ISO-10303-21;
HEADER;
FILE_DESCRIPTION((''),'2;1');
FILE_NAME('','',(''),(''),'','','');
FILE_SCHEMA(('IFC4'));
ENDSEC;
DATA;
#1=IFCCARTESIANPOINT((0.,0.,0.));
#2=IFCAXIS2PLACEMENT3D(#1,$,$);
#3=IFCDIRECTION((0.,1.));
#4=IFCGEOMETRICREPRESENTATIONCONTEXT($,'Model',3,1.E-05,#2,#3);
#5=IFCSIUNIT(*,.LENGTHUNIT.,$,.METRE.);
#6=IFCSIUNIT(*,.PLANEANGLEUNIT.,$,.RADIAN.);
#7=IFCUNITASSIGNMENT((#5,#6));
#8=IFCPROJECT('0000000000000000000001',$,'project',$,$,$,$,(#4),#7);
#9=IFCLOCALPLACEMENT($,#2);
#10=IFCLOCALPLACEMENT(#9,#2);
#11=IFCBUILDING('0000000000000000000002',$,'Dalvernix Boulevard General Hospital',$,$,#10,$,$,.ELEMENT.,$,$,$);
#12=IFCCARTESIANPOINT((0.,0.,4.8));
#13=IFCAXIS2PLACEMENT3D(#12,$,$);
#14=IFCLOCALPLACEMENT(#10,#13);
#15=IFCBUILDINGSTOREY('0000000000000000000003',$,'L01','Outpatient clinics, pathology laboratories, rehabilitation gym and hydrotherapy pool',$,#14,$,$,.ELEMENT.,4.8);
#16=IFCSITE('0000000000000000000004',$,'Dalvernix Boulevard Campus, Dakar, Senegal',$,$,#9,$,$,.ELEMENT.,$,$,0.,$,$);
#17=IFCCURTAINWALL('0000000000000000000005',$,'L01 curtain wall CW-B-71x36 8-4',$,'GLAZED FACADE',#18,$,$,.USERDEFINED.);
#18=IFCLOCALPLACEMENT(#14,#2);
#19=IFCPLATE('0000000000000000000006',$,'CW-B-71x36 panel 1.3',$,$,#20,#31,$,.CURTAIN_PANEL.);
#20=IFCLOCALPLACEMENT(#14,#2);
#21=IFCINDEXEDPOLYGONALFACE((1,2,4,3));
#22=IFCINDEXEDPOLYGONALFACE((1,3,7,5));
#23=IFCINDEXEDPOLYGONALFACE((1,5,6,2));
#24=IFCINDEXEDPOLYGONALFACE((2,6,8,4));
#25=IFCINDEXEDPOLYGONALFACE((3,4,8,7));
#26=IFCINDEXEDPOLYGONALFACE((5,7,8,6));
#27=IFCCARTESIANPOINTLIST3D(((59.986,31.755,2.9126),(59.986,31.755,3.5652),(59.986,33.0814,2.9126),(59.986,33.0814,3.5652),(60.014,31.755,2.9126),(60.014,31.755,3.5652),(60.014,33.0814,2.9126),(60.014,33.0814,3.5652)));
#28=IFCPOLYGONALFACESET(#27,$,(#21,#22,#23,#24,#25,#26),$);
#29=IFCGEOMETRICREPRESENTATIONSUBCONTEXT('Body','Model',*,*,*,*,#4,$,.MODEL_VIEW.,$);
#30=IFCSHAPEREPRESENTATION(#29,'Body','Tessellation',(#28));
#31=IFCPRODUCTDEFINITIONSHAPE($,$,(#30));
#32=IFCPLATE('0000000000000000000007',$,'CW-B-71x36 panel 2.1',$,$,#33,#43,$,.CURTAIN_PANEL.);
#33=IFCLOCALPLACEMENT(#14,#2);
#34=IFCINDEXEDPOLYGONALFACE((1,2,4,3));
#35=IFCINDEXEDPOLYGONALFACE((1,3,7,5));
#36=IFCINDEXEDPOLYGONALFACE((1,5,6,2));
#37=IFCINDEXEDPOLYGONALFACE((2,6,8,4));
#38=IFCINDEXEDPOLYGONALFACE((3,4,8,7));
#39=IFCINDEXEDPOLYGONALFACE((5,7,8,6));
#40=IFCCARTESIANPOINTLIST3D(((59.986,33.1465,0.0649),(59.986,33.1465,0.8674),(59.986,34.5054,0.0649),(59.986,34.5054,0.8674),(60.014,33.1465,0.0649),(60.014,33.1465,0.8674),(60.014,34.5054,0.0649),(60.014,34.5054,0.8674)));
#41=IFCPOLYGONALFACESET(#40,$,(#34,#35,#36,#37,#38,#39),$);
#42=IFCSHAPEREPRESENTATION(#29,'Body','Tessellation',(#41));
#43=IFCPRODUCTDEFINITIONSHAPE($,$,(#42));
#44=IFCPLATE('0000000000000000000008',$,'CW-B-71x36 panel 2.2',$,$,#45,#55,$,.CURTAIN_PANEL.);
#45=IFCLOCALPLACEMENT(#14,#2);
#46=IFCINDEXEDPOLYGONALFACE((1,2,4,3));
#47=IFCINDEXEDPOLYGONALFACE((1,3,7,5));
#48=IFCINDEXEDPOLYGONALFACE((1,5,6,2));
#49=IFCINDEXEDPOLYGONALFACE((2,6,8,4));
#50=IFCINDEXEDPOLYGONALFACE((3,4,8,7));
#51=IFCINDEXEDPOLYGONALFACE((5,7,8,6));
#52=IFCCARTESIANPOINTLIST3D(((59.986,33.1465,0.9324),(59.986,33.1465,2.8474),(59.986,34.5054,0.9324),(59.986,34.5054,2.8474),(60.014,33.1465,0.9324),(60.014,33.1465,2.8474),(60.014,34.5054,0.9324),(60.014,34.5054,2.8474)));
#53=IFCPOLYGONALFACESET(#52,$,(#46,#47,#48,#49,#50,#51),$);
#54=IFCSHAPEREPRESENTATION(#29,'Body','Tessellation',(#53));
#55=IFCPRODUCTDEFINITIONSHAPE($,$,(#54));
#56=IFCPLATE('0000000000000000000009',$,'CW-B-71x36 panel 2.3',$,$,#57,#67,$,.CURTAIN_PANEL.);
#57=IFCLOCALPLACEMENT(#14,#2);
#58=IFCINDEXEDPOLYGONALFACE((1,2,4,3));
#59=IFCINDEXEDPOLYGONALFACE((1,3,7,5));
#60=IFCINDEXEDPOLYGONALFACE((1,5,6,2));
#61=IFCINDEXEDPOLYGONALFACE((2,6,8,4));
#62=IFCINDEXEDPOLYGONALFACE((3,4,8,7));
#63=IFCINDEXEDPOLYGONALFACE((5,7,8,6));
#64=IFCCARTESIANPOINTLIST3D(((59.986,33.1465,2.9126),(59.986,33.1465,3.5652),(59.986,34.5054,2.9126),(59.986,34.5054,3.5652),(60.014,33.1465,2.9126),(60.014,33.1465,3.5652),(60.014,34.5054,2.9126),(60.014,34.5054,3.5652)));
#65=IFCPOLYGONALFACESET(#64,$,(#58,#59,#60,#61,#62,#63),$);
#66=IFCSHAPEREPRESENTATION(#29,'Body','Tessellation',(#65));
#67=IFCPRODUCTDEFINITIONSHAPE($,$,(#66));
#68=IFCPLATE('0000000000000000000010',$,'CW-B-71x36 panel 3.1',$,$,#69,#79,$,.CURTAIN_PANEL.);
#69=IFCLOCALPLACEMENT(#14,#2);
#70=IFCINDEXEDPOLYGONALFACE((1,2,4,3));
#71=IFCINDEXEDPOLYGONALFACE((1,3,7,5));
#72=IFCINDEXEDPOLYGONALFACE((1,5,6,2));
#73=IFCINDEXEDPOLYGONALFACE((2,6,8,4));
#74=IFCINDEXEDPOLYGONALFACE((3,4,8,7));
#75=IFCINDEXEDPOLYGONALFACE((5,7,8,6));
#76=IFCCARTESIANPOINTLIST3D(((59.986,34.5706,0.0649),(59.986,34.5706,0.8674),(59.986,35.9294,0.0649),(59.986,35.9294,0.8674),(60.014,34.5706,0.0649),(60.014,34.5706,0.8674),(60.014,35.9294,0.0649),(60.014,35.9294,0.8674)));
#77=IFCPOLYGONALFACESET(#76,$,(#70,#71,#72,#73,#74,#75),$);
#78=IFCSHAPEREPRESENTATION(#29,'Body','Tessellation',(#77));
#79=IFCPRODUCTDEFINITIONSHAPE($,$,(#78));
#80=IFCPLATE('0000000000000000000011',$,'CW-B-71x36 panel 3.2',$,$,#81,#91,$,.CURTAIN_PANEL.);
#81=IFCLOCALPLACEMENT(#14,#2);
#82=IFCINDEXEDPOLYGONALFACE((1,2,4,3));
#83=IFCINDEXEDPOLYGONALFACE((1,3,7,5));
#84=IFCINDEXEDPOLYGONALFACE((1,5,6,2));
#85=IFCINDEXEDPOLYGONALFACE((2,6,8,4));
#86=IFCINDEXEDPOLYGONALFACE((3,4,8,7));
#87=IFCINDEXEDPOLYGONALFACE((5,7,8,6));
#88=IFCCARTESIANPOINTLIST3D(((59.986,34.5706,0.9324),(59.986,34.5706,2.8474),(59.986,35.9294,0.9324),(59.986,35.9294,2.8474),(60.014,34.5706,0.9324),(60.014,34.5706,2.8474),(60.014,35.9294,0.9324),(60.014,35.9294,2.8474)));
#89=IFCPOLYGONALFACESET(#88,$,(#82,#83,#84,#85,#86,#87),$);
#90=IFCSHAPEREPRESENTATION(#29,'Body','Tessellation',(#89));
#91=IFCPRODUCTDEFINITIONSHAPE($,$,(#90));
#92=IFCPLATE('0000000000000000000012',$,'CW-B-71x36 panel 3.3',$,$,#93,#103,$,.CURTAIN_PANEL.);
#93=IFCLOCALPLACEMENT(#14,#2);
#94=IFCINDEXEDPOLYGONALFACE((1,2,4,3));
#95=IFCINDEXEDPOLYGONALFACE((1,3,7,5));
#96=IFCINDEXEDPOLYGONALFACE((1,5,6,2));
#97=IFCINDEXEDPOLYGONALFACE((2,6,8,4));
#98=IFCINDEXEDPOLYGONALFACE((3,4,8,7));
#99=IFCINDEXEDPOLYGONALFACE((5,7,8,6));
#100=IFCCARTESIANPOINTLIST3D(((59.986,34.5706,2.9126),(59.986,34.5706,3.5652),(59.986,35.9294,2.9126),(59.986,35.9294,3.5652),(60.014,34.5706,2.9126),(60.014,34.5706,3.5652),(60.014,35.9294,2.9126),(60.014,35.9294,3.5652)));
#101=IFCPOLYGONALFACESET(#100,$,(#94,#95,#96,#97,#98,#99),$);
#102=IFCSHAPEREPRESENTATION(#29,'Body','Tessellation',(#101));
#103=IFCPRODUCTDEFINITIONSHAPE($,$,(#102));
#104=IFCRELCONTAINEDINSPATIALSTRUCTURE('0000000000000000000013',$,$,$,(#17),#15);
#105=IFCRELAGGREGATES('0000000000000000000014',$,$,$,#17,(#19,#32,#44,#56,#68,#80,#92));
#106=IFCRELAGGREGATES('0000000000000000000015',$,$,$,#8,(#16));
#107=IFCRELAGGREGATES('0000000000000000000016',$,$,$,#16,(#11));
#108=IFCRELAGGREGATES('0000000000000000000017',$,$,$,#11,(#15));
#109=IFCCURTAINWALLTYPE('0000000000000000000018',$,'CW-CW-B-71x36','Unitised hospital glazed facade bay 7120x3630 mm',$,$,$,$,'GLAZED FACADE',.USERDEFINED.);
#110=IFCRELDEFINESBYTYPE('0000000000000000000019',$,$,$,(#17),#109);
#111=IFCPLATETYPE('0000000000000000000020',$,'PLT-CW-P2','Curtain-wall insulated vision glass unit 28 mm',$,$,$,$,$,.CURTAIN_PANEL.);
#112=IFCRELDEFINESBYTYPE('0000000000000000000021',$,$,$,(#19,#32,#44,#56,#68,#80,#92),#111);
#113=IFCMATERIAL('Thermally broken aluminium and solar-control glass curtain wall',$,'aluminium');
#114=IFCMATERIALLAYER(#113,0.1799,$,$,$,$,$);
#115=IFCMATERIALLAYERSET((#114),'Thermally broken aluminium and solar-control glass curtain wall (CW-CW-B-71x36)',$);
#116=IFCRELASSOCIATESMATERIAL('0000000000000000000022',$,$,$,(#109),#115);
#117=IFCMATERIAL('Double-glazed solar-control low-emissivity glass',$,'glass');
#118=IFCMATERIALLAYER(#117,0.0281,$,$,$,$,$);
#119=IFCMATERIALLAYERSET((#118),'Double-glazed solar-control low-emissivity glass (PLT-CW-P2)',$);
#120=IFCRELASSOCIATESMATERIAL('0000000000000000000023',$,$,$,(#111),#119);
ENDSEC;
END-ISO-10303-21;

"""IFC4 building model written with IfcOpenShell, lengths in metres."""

from ifc_helpers import new_model, si_unit, direction, frame, origin, origin_2d, place, context, subcontext, project, spatial, rectangle, extrude, material, layer, layer_set, type_object, element, aggregate, save


model = new_model("IFC4")

# Units and contexts
model_context = context("Model", 3, precision=1e-05, world=origin(), true_north=direction((0.0, 1.0)))
body_context = subcontext(model_context, "Body", "Model", "MODEL_VIEW")
ifc_project = project(units=[si_unit("LENGTHUNIT", "METRE"), si_unit("PLANEANGLEUNIT", "RADIAN")], contexts=[model_context])

# Site, building, storey
site_placement = place(None, origin())
site = spatial("IfcSite", under=ifc_project, at=site_placement, Name="Dalvernix Boulevard Campus, Dakar, Senegal", CompositionType="ELEMENT", RefElevation=0.0)
building_placement = place(site_placement, origin())
building = spatial("IfcBuilding", under=site, at=building_placement, Name="Dalvernix Boulevard General Hospital", CompositionType="ELEMENT")
storey_placement = place(building_placement, frame((0.0, 0.0, 4.8)))
storey = spatial("IfcBuildingStorey", under=building, at=storey_placement, Name="L01", Description="Outpatient clinics, pathology laboratories, rehabilitation gym and hydrotherapy pool", CompositionType="ELEMENT", Elevation=4.8)

# Curtain wall, plates
ifc_material_1 = material(Name="Thermally broken aluminium and solar-control glass curtain wall", Category="aluminium")
ifc_layer_1 = layer(ifc_material_1, 0.1799)
ifc_layer_set_1 = layer_set([ifc_layer_1], Name="Thermally broken aluminium and solar-control glass curtain wall (CW-CW-B-71x36)")
curtain_wall_type = type_object("IfcCurtainWallType", Name="CW-CW-B-71x36", Description="Unitised hospital glazed facade bay 7120x3630 mm", ElementType="GLAZED FACADE", PredefinedType="USERDEFINED", material=ifc_layer_set_1)
curtain_wall_placement = place(storey_placement, origin())
curtain_wall = element("IfcCurtainWall", 1, at=curtain_wall_placement, inside=storey, type_object=curtain_wall_type, Name="L01 curtain wall CW-B-71x36 8-4", ObjectType="GLAZED FACADE", PredefinedType="USERDEFINED")
ifc_material_2 = material(Name="Double-glazed solar-control low-emissivity glass", Category="glass")
ifc_layer_2 = layer(ifc_material_2, 0.0281)
ifc_layer_set_2 = layer_set([ifc_layer_2], Name="Double-glazed solar-control low-emissivity glass (PLT-CW-P2)")
plate_type = type_object("IfcPlateType", Name="PLT-CW-P2", Description="Curtain-wall insulated vision glass unit 28 mm", PredefinedType="CURTAIN_PANEL", material=ifc_layer_set_2)
plate_1_placement = place(storey_placement, frame((60.0, 32.4182, 2.9126), z_axis=(0.0, 0.0, 1.0), x_axis=(0.0, 1.0, 0.0)))
plate_1 = element("IfcPlate", 2, at=plate_1_placement, type_object=plate_type, Name="CW-B-71x36 panel 1.3", PredefinedType="CURTAIN_PANEL", context=body_context, shape_type="SweptSolid", body=[
    extrude(rectangle(XDim=1.3264, YDim=0.0281, at=origin_2d()), origin(), (0.0, 0.0, 1.0), 0.6526),
])
plate_2_placement = place(storey_placement, frame((60.0, 33.8259, 0.0649), z_axis=(0.0, 0.0, 1.0), x_axis=(0.0, 1.0, 0.0)))
plate_2 = element("IfcPlate", 3, at=plate_2_placement, type_object=plate_type, Name="CW-B-71x36 panel 2.1", PredefinedType="CURTAIN_PANEL", context=body_context, shape_type="SweptSolid", body=[
    extrude(rectangle(XDim=1.3589, YDim=0.0281, at=origin_2d()), origin(), (0.0, 0.0, 1.0), 0.8025),
])
plate_3_placement = place(storey_placement, frame((60.0, 33.8259, 0.9324), z_axis=(0.0, 0.0, 1.0), x_axis=(0.0, 1.0, 0.0)))
plate_3 = element("IfcPlate", 4, at=plate_3_placement, type_object=plate_type, Name="CW-B-71x36 panel 2.2", PredefinedType="CURTAIN_PANEL", context=body_context, shape_type="SweptSolid", body=[
    extrude(rectangle(XDim=1.3589, YDim=0.0281, at=origin_2d()), origin(), (0.0, 0.0, 1.0), 1.915),
])
plate_4_placement = place(storey_placement, frame((60.0, 33.8259, 2.9126), z_axis=(0.0, 0.0, 1.0), x_axis=(0.0, 1.0, 0.0)))
plate_4 = element("IfcPlate", 5, at=plate_4_placement, type_object=plate_type, Name="CW-B-71x36 panel 2.3", PredefinedType="CURTAIN_PANEL", context=body_context, shape_type="SweptSolid", body=[
    extrude(rectangle(XDim=1.3589, YDim=0.0281, at=origin_2d()), origin(), (0.0, 0.0, 1.0), 0.6526),
])
plate_5_placement = place(storey_placement, frame((60.0, 35.25, 0.0649), z_axis=(0.0, 0.0, 1.0), x_axis=(0.0, 1.0, 0.0)))
plate_5 = element("IfcPlate", 6, at=plate_5_placement, type_object=plate_type, Name="CW-B-71x36 panel 3.1", PredefinedType="CURTAIN_PANEL", context=body_context, shape_type="SweptSolid", body=[
    extrude(rectangle(XDim=1.3589, YDim=0.0281, at=origin_2d()), origin(), (0.0, 0.0, 1.0), 0.8025),
])
plate_6_placement = place(storey_placement, frame((60.0, 35.25, 0.9324), z_axis=(0.0, 0.0, 1.0), x_axis=(0.0, 1.0, 0.0)))
plate_6 = element("IfcPlate", 7, at=plate_6_placement, type_object=plate_type, Name="CW-B-71x36 panel 3.2", PredefinedType="CURTAIN_PANEL", context=body_context, shape_type="SweptSolid", body=[
    extrude(rectangle(XDim=1.3589, YDim=0.0281, at=origin_2d()), origin(), (0.0, 0.0, 1.0), 1.915),
])
plate_7_placement = place(storey_placement, frame((60.0, 35.25, 2.9126), z_axis=(0.0, 0.0, 1.0), x_axis=(0.0, 1.0, 0.0)))
plate_7 = element("IfcPlate", 8, at=plate_7_placement, type_object=plate_type, Name="CW-B-71x36 panel 3.3", PredefinedType="CURTAIN_PANEL", context=body_context, shape_type="SweptSolid", body=[
    extrude(rectangle(XDim=1.3589, YDim=0.0281, at=origin_2d()), origin(), (0.0, 0.0, 1.0), 0.6526),
])
aggregate(curtain_wall, [plate_1, plate_2, plate_3, plate_4, plate_5, plate_6, plate_7])

save(model, "model.ifc")
